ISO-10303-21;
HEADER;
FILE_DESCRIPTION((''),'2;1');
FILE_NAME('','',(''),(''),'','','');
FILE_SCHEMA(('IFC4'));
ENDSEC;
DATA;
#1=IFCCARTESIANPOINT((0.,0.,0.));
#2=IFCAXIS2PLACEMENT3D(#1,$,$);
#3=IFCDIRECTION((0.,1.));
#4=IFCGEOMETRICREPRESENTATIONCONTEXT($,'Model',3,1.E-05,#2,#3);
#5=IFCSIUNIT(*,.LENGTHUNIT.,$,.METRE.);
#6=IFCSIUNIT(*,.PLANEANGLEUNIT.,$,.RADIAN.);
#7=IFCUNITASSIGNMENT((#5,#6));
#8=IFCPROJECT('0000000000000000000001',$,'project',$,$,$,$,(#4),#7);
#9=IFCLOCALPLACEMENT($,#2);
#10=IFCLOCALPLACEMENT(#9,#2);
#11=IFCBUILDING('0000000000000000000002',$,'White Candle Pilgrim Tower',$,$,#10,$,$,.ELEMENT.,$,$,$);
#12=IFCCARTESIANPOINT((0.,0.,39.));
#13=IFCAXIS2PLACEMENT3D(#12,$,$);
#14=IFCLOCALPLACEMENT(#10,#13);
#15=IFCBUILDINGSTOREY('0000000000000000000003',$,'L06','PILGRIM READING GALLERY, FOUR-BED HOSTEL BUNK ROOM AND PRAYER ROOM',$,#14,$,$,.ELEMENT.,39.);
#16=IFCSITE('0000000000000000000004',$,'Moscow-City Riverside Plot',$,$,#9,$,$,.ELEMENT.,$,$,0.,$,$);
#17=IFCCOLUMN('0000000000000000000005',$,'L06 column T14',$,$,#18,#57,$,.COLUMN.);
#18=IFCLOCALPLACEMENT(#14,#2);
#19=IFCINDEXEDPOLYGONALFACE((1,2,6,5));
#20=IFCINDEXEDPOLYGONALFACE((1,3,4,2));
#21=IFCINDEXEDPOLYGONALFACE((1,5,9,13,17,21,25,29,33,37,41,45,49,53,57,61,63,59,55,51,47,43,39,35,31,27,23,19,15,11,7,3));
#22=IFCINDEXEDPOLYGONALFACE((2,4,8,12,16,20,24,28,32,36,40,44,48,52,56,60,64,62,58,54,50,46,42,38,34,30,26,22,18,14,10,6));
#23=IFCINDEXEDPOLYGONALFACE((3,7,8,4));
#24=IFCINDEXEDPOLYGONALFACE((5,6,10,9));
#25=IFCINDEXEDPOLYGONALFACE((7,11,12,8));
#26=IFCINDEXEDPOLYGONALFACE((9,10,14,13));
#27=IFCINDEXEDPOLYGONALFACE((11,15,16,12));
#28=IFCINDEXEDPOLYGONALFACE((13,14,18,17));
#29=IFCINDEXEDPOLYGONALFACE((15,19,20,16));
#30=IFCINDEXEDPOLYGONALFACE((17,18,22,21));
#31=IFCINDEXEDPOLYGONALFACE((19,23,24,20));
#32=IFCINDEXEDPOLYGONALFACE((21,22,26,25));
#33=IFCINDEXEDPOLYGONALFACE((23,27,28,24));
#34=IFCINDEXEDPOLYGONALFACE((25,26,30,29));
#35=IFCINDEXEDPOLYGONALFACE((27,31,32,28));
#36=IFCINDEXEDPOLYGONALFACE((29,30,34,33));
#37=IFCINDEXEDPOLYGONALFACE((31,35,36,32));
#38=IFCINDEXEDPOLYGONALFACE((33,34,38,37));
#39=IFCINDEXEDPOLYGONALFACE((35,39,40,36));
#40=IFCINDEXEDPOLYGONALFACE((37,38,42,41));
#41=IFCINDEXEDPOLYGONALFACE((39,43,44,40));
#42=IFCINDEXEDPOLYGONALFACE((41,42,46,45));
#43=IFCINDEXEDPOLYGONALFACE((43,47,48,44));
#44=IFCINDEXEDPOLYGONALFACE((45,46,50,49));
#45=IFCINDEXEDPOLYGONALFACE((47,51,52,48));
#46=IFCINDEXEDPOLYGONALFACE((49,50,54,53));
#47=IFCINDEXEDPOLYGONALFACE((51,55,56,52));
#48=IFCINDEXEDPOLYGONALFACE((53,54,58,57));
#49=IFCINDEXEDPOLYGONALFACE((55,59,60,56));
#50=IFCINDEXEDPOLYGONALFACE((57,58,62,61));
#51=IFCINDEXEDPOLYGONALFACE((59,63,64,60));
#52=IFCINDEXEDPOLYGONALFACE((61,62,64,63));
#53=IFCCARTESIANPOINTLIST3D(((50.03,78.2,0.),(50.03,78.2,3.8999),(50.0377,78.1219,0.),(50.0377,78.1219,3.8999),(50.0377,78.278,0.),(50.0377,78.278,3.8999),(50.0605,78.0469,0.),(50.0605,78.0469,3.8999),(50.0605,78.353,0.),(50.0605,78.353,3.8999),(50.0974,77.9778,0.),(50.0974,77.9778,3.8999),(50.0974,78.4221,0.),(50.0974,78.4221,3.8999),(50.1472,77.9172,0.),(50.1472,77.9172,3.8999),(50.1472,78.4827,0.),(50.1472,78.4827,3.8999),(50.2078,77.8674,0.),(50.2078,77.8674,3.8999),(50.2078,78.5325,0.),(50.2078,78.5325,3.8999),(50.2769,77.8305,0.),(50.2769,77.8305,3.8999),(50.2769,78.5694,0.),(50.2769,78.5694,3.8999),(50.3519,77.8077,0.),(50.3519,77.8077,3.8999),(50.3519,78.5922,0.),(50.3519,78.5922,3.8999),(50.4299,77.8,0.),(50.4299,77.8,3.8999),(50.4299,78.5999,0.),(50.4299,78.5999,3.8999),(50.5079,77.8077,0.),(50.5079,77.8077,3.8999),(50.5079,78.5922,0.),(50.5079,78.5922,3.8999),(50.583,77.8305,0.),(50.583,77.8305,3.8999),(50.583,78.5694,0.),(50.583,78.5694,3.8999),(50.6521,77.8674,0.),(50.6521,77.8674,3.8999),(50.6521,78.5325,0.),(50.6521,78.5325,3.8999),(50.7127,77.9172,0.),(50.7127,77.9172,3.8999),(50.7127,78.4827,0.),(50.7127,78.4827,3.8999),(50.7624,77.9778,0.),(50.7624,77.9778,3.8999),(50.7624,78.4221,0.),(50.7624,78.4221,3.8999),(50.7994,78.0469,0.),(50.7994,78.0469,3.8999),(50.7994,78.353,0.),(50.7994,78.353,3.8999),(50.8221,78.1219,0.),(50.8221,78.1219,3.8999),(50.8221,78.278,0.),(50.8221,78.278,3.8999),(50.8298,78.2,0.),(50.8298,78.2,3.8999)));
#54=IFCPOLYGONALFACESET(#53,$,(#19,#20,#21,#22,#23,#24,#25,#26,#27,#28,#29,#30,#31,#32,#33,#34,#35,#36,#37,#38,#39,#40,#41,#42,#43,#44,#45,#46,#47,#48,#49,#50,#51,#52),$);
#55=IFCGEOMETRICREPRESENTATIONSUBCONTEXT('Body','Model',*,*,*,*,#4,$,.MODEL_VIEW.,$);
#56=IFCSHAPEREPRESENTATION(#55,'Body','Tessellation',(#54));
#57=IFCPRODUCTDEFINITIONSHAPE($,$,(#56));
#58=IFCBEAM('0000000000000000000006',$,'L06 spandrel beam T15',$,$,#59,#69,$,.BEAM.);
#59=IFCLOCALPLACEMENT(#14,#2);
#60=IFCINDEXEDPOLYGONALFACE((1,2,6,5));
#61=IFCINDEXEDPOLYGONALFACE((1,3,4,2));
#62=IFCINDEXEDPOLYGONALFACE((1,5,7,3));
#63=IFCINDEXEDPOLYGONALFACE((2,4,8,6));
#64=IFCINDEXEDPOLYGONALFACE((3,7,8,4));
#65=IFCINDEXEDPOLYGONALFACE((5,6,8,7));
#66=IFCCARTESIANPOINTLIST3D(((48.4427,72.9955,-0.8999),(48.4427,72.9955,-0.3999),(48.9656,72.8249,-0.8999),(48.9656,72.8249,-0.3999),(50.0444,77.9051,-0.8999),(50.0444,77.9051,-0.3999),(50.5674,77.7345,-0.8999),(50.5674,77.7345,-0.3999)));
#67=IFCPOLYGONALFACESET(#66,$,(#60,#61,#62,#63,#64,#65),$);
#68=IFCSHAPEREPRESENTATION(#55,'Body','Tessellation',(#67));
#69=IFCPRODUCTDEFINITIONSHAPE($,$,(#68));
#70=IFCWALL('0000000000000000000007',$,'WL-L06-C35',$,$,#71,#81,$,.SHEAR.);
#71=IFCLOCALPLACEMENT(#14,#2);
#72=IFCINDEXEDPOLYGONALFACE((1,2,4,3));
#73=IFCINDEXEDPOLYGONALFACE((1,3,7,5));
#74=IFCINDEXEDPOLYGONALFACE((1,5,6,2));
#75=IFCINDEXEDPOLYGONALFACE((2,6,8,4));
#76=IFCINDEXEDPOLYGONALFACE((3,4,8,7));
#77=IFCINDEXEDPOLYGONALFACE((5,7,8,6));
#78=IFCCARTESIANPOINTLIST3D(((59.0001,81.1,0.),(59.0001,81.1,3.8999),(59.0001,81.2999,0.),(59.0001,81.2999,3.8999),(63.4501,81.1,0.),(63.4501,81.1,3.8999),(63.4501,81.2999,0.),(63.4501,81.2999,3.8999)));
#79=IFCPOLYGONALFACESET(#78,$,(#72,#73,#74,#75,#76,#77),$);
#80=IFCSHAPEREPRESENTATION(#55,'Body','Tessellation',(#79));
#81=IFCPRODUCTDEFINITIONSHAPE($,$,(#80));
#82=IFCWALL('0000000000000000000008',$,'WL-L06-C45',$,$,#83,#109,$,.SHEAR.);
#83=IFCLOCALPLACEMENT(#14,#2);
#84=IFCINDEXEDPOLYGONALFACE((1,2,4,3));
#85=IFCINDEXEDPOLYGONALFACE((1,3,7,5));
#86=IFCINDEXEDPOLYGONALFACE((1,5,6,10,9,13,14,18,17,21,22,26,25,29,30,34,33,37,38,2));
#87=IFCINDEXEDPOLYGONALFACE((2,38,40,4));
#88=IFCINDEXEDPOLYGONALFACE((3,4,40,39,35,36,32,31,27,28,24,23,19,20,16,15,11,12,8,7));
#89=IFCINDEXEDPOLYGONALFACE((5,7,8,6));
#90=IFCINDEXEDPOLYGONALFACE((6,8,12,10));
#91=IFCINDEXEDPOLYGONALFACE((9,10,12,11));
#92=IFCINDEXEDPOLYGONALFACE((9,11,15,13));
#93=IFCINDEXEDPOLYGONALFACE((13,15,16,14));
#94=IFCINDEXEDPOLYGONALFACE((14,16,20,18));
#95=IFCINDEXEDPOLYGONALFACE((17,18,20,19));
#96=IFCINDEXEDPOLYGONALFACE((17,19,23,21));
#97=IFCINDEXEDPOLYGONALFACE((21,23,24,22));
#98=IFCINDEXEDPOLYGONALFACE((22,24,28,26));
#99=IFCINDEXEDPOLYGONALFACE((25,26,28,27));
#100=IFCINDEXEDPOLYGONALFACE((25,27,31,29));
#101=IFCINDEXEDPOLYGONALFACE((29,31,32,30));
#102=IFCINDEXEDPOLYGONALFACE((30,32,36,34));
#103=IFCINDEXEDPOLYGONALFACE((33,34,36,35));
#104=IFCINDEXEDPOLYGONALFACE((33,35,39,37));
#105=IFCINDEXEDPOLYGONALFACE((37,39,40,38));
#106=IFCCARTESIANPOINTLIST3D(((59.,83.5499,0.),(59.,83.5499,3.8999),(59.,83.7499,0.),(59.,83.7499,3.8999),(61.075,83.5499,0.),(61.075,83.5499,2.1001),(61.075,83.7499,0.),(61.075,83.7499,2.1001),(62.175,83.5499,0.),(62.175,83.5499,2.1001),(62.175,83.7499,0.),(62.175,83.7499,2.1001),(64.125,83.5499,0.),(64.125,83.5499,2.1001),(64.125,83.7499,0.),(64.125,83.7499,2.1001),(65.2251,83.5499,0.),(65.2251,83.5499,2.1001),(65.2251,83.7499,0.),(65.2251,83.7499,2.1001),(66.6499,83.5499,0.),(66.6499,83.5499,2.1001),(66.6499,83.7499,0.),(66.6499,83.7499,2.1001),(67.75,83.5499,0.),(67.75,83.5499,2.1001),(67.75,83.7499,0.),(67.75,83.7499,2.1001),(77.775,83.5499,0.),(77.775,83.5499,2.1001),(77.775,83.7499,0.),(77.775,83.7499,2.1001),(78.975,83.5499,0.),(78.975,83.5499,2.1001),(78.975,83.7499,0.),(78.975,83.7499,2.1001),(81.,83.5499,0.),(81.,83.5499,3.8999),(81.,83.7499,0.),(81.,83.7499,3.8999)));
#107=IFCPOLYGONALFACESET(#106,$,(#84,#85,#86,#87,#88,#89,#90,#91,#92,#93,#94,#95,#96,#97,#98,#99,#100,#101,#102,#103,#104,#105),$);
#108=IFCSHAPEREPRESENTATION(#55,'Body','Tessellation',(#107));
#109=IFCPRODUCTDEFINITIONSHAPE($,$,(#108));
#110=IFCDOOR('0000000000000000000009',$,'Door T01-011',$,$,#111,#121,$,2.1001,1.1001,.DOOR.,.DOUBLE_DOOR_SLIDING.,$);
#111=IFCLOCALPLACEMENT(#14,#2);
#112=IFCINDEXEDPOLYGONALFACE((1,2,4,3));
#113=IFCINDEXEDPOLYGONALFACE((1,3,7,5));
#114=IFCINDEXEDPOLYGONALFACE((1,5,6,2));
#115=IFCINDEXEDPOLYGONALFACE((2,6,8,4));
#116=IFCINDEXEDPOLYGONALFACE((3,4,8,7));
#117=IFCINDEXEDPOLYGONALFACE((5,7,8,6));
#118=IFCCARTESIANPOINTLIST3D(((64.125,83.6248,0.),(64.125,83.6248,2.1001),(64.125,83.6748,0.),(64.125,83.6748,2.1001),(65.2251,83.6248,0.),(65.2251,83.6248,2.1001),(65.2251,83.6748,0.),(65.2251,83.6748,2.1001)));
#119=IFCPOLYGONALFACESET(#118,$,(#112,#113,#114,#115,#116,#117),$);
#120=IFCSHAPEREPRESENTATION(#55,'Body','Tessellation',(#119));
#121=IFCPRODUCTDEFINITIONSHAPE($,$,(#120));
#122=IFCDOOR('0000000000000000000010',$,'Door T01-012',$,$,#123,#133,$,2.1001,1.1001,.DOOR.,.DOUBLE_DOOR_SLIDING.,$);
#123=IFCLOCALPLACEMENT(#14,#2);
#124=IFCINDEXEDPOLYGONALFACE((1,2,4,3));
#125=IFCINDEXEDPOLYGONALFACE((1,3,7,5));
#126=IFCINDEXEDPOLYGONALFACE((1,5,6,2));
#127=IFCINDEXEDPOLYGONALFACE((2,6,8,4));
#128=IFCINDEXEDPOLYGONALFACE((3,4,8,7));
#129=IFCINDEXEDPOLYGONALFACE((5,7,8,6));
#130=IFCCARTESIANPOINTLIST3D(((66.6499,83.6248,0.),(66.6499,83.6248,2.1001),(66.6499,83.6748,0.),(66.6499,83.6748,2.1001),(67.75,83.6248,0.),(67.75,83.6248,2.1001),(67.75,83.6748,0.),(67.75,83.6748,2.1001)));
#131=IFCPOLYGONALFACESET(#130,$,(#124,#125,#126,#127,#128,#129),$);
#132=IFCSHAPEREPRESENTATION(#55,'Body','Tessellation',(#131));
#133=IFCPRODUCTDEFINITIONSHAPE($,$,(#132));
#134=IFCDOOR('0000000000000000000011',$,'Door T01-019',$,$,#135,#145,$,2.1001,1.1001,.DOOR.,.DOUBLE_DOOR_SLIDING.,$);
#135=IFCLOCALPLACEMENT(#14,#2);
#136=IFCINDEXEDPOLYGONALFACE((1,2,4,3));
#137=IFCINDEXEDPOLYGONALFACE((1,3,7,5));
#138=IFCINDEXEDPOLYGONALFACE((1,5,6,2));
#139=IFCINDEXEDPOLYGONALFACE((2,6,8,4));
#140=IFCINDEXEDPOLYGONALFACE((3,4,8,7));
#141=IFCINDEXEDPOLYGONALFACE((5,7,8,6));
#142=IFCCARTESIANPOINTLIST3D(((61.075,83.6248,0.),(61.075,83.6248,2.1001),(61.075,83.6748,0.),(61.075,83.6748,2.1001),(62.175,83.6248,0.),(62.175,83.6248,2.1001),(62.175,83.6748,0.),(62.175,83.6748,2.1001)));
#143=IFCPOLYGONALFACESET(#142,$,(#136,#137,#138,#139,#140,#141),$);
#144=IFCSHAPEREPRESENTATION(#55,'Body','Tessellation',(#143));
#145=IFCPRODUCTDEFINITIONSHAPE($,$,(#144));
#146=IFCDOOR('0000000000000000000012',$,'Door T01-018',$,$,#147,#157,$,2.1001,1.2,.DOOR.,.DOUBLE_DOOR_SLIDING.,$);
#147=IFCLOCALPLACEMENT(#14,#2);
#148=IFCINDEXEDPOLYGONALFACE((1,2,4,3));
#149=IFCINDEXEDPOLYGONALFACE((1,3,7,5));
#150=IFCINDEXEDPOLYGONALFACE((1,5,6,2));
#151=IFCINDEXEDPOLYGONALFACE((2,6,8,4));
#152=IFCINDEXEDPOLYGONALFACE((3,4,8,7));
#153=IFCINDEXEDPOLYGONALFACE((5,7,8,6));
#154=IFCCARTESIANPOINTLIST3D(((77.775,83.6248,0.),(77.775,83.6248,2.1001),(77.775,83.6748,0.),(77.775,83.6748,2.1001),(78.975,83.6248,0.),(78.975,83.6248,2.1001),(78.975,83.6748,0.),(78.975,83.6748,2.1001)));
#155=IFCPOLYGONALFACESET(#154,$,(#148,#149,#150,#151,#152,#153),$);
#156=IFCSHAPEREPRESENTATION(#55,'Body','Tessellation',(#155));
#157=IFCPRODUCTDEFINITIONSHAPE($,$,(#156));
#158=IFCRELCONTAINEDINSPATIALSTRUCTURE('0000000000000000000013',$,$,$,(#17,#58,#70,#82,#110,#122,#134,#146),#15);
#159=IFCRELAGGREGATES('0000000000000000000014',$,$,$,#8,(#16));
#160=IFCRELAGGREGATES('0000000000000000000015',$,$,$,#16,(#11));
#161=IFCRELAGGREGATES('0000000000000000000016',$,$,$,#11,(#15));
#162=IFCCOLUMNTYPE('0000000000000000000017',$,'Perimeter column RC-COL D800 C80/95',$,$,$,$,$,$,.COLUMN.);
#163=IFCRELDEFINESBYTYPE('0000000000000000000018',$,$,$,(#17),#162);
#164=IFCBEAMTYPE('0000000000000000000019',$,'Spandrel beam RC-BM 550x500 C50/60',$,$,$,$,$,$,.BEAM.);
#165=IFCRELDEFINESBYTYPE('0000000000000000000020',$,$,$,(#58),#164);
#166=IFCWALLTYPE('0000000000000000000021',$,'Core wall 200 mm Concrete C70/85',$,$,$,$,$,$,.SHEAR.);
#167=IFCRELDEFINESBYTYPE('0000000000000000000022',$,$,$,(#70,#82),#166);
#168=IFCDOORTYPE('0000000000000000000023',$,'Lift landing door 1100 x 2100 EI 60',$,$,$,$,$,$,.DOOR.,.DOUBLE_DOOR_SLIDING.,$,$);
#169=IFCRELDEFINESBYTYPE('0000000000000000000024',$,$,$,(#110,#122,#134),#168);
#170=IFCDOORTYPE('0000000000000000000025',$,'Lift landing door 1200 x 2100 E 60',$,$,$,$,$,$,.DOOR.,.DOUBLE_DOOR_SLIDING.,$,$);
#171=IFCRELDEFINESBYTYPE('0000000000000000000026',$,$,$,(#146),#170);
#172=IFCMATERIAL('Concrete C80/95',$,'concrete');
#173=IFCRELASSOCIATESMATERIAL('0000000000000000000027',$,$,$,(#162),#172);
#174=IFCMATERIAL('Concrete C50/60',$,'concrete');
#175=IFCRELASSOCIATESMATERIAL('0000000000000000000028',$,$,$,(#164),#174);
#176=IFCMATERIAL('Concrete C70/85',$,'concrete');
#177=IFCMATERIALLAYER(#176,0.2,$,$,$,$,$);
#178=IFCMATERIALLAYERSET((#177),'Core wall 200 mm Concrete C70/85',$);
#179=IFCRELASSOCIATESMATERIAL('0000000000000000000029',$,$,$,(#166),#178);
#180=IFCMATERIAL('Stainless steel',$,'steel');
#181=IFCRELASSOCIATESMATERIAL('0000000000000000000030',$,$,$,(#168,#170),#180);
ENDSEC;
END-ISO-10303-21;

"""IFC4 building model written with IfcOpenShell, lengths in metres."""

from ifc_helpers import new_model, si_unit, direction, frame, frame_2d, origin, origin_2d, place, context, subcontext, project, spatial, rectangle, circle, extrude, material, layer, layer_set, material_profile, profile_set, type_object, element, fill, save


model = new_model("IFC4")

# Units and contexts
model_context = context("Model", 3, precision=1e-05, world=origin(), true_north=direction((0.0, 1.0)))
body_context = subcontext(model_context, "Body", "Model", "MODEL_VIEW")
ifc_project = project(units=[si_unit("LENGTHUNIT", "METRE"), si_unit("PLANEANGLEUNIT", "RADIAN")], contexts=[model_context])

# Site, building, storey
site_placement = place(None, origin())
site = spatial("IfcSite", under=ifc_project, at=site_placement, Name="Moscow-City Riverside Plot", CompositionType="ELEMENT", RefElevation=0.0)
building_placement = place(site_placement, origin())
building = spatial("IfcBuilding", under=site, at=building_placement, Name="White Candle Pilgrim Tower", CompositionType="ELEMENT")
storey_placement = place(building_placement, frame((0.0, 0.0, 39.0)))
storey = spatial("IfcBuildingStorey", under=building, at=storey_placement, Name="L06", Description="PILGRIM READING GALLERY, FOUR-BED HOSTEL BUNK ROOM AND PRAYER ROOM", CompositionType="ELEMENT", Elevation=39.0)

# Column
ifc_material_1 = material(Name="Concrete C80/95", Category="concrete")
ifc_material_profile_1 = material_profile(ifc_material_1, circle(Radius=0.3999, at=origin_2d()), Name="RC-COL D800")
ifc_profile_set_1 = profile_set([ifc_material_profile_1], Name="Concrete C80/95")
column_type = type_object("IfcColumnType", Name="Perimeter column RC-COL D800 C80/95", PredefinedType="COLUMN", material=ifc_profile_set_1)
column_placement = place(storey_placement, frame((50.4299, 78.2, 0.0), z_axis=(0.0, 0.0, 1.0), x_axis=(1.0, 0.0, 0.0)))
element("IfcColumn", 1, at=column_placement, inside=storey, type_object=column_type, Name="L06 column T14", PredefinedType="COLUMN", context=body_context, shape_type="SweptSolid", body=[
    extrude(circle(Radius=0.3999, at=origin_2d()), origin(), (0.0, 0.0, 1.0), 3.8999),
])

# Beam
ifc_material_2 = material(Name="Concrete C50/60", Category="concrete")
ifc_material_profile_2 = material_profile(ifc_material_2, rectangle(XDim=0.55, YDim=0.5, at=origin_2d()), Name="RC-BM 550x500")
ifc_profile_set_2 = profile_set([ifc_material_profile_2], Name="Concrete C50/60")
beam_type = type_object("IfcBeamType", Name="Spandrel beam RC-BM 550x500 C50/60", PredefinedType="BEAM", material=ifc_profile_set_2)
beam_placement = place(storey_placement, frame((50.3059, 77.8198, -0.6499), z_axis=(-0.310166, -0.950683, 0.0), x_axis=(0.950683, -0.310166, 0.0)))
element("IfcBeam", 2, at=beam_placement, inside=storey, type_object=beam_type, Name="L06 spandrel beam T15", PredefinedType="BEAM", context=body_context, shape_type="SweptSolid", body=[
    extrude(rectangle(XDim=0.55, YDim=0.5, at=origin_2d()), origin(), (0.0, 0.0, 1.0), 5.1643),
])

# Wall
ifc_material_3 = material(Name="Concrete C70/85", Category="concrete")
ifc_layer_1 = layer(ifc_material_3, 0.2)
ifc_layer_set_1 = layer_set([ifc_layer_1], Name="Core wall 200 mm Concrete C70/85")
wall_type_1 = type_object("IfcWallType", Name="Core wall 200 mm Concrete C70/85", PredefinedType="SHEAR", material=ifc_layer_set_1)
wall_1_placement = place(storey_placement, frame((59.0, 81.2, 0.0), z_axis=(0.0, 0.0, 1.0), x_axis=(1.0, 0.0, 0.0)))
element("IfcWall", 3, at=wall_1_placement, inside=storey, type_object=wall_type_1, Name="WL-L06-C35", PredefinedType="SHEAR", context=body_context, shape_type="SweptSolid", body=[
    extrude(rectangle(XDim=4.45, YDim=0.2, at=frame_2d((2.2251, 0.0))), origin(), (0.0, 0.0, 1.0), 3.8999),
])

# Wall, openings, doors
wall_2_placement = place(storey_placement, frame((59.0, 83.6499, 0.0), z_axis=(0.0, 0.0, 1.0), x_axis=(1.0, 0.0, 0.0)))
wall_2 = element("IfcWall", 4, at=wall_2_placement, inside=storey, type_object=wall_type_1, Name="WL-L06-C45", PredefinedType="SHEAR", context=body_context, shape_type="SweptSolid", body=[
    extrude(rectangle(XDim=22.0, YDim=0.2, at=frame_2d((11.0, 0.0))), origin(), (0.0, 0.0, 1.0), 3.8999),
])
opening_1_placement = place(wall_2_placement, frame((5.125, 0.0, 0.0)))
opening_1 = element("IfcOpeningElement", 5, at=opening_1_placement, cuts=wall_2, PredefinedType="OPENING", context=body_context, shape_type="SweptSolid", body=[
    extrude(rectangle(XDim=1.1001, YDim=2.1001, at=frame_2d((0.55, 1.05))), frame((0.0, 0.1099, 0.0), z_axis=(0.0, -1.0, 0.0), x_axis=(1.0, 0.0, 0.0)), (0.0, 0.0, 1.0), 0.22),
])
opening_2_placement = place(wall_2_placement, frame((7.6499, 0.0, 0.0)))
opening_2 = element("IfcOpeningElement", 6, at=opening_2_placement, cuts=wall_2, PredefinedType="OPENING", context=body_context, shape_type="SweptSolid", body=[
    extrude(rectangle(XDim=1.1001, YDim=2.1001, at=frame_2d((0.55, 1.05))), frame((0.0, 0.1099, 0.0), z_axis=(0.0, -1.0, 0.0), x_axis=(1.0, 0.0, 0.0)), (0.0, 0.0, 1.0), 0.22),
])
opening_3_placement = place(wall_2_placement, frame((18.7749, 0.0, 0.0)))
opening_3 = element("IfcOpeningElement", 7, at=opening_3_placement, cuts=wall_2, PredefinedType="OPENING", context=body_context, shape_type="SweptSolid", body=[
    extrude(rectangle(XDim=1.2, YDim=2.1001, at=frame_2d((0.6001, 1.05))), frame((0.0, 0.1099, 0.0), z_axis=(0.0, -1.0, 0.0), x_axis=(1.0, 0.0, 0.0)), (0.0, 0.0, 1.0), 0.22),
])
opening_4_placement = place(wall_2_placement, frame((2.075, 0.0, 0.0)))
opening_4 = element("IfcOpeningElement", 8, at=opening_4_placement, cuts=wall_2, PredefinedType="OPENING", context=body_context, shape_type="SweptSolid", body=[
    extrude(rectangle(XDim=1.1001, YDim=2.1001, at=frame_2d((0.55, 1.05))), frame((0.0, 0.1099, 0.0), z_axis=(0.0, -1.0, 0.0), x_axis=(1.0, 0.0, 0.0)), (0.0, 0.0, 1.0), 0.22),
])
ifc_material_4 = material(Name="Stainless steel", Category="steel")
door_type_1 = type_object("IfcDoorType", Name="Lift landing door 1100 x 2100 EI 60", OperationType="DOUBLE_DOOR_SLIDING", PredefinedType="DOOR", material=ifc_material_4)
door_1_placement = place(opening_1_placement, origin())
door_1 = element("IfcDoor", 9, at=door_1_placement, inside=storey, type_object=door_type_1, Name="Door T01-011", OperationType="DOUBLE_DOOR_SLIDING", OverallHeight=2.1001, OverallWidth=1.1001, PredefinedType="DOOR", context=body_context, shape_type="SweptSolid", body=[
    extrude(rectangle(XDim=1.1001, YDim=2.1001, at=frame_2d((0.55, 1.05))), frame((0.0, 0.0249, 0.0), z_axis=(0.0, -1.0, 0.0), x_axis=(1.0, 0.0, 0.0)), (0.0, 0.0, 1.0), 0.05),
])
fill(opening_1, door_1)
door_2_placement = place(opening_2_placement, origin())
door_2 = element("IfcDoor", 10, at=door_2_placement, inside=storey, type_object=door_type_1, Name="Door T01-012", OperationType="DOUBLE_DOOR_SLIDING", OverallHeight=2.1001, OverallWidth=1.1001, PredefinedType="DOOR", context=body_context, shape_type="SweptSolid", body=[
    extrude(rectangle(XDim=1.1001, YDim=2.1001, at=frame_2d((0.55, 1.05))), frame((0.0, 0.0249, 0.0), z_axis=(0.0, -1.0, 0.0), x_axis=(1.0, 0.0, 0.0)), (0.0, 0.0, 1.0), 0.05),
])
fill(opening_2, door_2)
door_3_placement = place(opening_4_placement, origin())
door_3 = element("IfcDoor", 11, at=door_3_placement, inside=storey, type_object=door_type_1, Name="Door T01-019", OperationType="DOUBLE_DOOR_SLIDING", OverallHeight=2.1001, OverallWidth=1.1001, PredefinedType="DOOR", context=body_context, shape_type="SweptSolid", body=[
    extrude(rectangle(XDim=1.1001, YDim=2.1001, at=frame_2d((0.55, 1.05))), frame((0.0, 0.0249, 0.0), z_axis=(0.0, -1.0, 0.0), x_axis=(1.0, 0.0, 0.0)), (0.0, 0.0, 1.0), 0.05),
])
fill(opening_4, door_3)
door_type_2 = type_object("IfcDoorType", Name="Lift landing door 1200 x 2100 E 60", OperationType="DOUBLE_DOOR_SLIDING", PredefinedType="DOOR", material=ifc_material_4)
door_4_placement = place(opening_3_placement, origin())
door_4 = element("IfcDoor", 12, at=door_4_placement, inside=storey, type_object=door_type_2, Name="Door T01-018", OperationType="DOUBLE_DOOR_SLIDING", OverallHeight=2.1001, OverallWidth=1.2, PredefinedType="DOOR", context=body_context, shape_type="SweptSolid", body=[
    extrude(rectangle(XDim=1.2, YDim=2.1001, at=frame_2d((0.6001, 1.05))), frame((0.0, 0.0249, 0.0), z_axis=(0.0, -1.0, 0.0), x_axis=(1.0, 0.0, 0.0)), (0.0, 0.0, 1.0), 0.05),
])
fill(opening_3, door_4)

save(model, "model.ifc")
